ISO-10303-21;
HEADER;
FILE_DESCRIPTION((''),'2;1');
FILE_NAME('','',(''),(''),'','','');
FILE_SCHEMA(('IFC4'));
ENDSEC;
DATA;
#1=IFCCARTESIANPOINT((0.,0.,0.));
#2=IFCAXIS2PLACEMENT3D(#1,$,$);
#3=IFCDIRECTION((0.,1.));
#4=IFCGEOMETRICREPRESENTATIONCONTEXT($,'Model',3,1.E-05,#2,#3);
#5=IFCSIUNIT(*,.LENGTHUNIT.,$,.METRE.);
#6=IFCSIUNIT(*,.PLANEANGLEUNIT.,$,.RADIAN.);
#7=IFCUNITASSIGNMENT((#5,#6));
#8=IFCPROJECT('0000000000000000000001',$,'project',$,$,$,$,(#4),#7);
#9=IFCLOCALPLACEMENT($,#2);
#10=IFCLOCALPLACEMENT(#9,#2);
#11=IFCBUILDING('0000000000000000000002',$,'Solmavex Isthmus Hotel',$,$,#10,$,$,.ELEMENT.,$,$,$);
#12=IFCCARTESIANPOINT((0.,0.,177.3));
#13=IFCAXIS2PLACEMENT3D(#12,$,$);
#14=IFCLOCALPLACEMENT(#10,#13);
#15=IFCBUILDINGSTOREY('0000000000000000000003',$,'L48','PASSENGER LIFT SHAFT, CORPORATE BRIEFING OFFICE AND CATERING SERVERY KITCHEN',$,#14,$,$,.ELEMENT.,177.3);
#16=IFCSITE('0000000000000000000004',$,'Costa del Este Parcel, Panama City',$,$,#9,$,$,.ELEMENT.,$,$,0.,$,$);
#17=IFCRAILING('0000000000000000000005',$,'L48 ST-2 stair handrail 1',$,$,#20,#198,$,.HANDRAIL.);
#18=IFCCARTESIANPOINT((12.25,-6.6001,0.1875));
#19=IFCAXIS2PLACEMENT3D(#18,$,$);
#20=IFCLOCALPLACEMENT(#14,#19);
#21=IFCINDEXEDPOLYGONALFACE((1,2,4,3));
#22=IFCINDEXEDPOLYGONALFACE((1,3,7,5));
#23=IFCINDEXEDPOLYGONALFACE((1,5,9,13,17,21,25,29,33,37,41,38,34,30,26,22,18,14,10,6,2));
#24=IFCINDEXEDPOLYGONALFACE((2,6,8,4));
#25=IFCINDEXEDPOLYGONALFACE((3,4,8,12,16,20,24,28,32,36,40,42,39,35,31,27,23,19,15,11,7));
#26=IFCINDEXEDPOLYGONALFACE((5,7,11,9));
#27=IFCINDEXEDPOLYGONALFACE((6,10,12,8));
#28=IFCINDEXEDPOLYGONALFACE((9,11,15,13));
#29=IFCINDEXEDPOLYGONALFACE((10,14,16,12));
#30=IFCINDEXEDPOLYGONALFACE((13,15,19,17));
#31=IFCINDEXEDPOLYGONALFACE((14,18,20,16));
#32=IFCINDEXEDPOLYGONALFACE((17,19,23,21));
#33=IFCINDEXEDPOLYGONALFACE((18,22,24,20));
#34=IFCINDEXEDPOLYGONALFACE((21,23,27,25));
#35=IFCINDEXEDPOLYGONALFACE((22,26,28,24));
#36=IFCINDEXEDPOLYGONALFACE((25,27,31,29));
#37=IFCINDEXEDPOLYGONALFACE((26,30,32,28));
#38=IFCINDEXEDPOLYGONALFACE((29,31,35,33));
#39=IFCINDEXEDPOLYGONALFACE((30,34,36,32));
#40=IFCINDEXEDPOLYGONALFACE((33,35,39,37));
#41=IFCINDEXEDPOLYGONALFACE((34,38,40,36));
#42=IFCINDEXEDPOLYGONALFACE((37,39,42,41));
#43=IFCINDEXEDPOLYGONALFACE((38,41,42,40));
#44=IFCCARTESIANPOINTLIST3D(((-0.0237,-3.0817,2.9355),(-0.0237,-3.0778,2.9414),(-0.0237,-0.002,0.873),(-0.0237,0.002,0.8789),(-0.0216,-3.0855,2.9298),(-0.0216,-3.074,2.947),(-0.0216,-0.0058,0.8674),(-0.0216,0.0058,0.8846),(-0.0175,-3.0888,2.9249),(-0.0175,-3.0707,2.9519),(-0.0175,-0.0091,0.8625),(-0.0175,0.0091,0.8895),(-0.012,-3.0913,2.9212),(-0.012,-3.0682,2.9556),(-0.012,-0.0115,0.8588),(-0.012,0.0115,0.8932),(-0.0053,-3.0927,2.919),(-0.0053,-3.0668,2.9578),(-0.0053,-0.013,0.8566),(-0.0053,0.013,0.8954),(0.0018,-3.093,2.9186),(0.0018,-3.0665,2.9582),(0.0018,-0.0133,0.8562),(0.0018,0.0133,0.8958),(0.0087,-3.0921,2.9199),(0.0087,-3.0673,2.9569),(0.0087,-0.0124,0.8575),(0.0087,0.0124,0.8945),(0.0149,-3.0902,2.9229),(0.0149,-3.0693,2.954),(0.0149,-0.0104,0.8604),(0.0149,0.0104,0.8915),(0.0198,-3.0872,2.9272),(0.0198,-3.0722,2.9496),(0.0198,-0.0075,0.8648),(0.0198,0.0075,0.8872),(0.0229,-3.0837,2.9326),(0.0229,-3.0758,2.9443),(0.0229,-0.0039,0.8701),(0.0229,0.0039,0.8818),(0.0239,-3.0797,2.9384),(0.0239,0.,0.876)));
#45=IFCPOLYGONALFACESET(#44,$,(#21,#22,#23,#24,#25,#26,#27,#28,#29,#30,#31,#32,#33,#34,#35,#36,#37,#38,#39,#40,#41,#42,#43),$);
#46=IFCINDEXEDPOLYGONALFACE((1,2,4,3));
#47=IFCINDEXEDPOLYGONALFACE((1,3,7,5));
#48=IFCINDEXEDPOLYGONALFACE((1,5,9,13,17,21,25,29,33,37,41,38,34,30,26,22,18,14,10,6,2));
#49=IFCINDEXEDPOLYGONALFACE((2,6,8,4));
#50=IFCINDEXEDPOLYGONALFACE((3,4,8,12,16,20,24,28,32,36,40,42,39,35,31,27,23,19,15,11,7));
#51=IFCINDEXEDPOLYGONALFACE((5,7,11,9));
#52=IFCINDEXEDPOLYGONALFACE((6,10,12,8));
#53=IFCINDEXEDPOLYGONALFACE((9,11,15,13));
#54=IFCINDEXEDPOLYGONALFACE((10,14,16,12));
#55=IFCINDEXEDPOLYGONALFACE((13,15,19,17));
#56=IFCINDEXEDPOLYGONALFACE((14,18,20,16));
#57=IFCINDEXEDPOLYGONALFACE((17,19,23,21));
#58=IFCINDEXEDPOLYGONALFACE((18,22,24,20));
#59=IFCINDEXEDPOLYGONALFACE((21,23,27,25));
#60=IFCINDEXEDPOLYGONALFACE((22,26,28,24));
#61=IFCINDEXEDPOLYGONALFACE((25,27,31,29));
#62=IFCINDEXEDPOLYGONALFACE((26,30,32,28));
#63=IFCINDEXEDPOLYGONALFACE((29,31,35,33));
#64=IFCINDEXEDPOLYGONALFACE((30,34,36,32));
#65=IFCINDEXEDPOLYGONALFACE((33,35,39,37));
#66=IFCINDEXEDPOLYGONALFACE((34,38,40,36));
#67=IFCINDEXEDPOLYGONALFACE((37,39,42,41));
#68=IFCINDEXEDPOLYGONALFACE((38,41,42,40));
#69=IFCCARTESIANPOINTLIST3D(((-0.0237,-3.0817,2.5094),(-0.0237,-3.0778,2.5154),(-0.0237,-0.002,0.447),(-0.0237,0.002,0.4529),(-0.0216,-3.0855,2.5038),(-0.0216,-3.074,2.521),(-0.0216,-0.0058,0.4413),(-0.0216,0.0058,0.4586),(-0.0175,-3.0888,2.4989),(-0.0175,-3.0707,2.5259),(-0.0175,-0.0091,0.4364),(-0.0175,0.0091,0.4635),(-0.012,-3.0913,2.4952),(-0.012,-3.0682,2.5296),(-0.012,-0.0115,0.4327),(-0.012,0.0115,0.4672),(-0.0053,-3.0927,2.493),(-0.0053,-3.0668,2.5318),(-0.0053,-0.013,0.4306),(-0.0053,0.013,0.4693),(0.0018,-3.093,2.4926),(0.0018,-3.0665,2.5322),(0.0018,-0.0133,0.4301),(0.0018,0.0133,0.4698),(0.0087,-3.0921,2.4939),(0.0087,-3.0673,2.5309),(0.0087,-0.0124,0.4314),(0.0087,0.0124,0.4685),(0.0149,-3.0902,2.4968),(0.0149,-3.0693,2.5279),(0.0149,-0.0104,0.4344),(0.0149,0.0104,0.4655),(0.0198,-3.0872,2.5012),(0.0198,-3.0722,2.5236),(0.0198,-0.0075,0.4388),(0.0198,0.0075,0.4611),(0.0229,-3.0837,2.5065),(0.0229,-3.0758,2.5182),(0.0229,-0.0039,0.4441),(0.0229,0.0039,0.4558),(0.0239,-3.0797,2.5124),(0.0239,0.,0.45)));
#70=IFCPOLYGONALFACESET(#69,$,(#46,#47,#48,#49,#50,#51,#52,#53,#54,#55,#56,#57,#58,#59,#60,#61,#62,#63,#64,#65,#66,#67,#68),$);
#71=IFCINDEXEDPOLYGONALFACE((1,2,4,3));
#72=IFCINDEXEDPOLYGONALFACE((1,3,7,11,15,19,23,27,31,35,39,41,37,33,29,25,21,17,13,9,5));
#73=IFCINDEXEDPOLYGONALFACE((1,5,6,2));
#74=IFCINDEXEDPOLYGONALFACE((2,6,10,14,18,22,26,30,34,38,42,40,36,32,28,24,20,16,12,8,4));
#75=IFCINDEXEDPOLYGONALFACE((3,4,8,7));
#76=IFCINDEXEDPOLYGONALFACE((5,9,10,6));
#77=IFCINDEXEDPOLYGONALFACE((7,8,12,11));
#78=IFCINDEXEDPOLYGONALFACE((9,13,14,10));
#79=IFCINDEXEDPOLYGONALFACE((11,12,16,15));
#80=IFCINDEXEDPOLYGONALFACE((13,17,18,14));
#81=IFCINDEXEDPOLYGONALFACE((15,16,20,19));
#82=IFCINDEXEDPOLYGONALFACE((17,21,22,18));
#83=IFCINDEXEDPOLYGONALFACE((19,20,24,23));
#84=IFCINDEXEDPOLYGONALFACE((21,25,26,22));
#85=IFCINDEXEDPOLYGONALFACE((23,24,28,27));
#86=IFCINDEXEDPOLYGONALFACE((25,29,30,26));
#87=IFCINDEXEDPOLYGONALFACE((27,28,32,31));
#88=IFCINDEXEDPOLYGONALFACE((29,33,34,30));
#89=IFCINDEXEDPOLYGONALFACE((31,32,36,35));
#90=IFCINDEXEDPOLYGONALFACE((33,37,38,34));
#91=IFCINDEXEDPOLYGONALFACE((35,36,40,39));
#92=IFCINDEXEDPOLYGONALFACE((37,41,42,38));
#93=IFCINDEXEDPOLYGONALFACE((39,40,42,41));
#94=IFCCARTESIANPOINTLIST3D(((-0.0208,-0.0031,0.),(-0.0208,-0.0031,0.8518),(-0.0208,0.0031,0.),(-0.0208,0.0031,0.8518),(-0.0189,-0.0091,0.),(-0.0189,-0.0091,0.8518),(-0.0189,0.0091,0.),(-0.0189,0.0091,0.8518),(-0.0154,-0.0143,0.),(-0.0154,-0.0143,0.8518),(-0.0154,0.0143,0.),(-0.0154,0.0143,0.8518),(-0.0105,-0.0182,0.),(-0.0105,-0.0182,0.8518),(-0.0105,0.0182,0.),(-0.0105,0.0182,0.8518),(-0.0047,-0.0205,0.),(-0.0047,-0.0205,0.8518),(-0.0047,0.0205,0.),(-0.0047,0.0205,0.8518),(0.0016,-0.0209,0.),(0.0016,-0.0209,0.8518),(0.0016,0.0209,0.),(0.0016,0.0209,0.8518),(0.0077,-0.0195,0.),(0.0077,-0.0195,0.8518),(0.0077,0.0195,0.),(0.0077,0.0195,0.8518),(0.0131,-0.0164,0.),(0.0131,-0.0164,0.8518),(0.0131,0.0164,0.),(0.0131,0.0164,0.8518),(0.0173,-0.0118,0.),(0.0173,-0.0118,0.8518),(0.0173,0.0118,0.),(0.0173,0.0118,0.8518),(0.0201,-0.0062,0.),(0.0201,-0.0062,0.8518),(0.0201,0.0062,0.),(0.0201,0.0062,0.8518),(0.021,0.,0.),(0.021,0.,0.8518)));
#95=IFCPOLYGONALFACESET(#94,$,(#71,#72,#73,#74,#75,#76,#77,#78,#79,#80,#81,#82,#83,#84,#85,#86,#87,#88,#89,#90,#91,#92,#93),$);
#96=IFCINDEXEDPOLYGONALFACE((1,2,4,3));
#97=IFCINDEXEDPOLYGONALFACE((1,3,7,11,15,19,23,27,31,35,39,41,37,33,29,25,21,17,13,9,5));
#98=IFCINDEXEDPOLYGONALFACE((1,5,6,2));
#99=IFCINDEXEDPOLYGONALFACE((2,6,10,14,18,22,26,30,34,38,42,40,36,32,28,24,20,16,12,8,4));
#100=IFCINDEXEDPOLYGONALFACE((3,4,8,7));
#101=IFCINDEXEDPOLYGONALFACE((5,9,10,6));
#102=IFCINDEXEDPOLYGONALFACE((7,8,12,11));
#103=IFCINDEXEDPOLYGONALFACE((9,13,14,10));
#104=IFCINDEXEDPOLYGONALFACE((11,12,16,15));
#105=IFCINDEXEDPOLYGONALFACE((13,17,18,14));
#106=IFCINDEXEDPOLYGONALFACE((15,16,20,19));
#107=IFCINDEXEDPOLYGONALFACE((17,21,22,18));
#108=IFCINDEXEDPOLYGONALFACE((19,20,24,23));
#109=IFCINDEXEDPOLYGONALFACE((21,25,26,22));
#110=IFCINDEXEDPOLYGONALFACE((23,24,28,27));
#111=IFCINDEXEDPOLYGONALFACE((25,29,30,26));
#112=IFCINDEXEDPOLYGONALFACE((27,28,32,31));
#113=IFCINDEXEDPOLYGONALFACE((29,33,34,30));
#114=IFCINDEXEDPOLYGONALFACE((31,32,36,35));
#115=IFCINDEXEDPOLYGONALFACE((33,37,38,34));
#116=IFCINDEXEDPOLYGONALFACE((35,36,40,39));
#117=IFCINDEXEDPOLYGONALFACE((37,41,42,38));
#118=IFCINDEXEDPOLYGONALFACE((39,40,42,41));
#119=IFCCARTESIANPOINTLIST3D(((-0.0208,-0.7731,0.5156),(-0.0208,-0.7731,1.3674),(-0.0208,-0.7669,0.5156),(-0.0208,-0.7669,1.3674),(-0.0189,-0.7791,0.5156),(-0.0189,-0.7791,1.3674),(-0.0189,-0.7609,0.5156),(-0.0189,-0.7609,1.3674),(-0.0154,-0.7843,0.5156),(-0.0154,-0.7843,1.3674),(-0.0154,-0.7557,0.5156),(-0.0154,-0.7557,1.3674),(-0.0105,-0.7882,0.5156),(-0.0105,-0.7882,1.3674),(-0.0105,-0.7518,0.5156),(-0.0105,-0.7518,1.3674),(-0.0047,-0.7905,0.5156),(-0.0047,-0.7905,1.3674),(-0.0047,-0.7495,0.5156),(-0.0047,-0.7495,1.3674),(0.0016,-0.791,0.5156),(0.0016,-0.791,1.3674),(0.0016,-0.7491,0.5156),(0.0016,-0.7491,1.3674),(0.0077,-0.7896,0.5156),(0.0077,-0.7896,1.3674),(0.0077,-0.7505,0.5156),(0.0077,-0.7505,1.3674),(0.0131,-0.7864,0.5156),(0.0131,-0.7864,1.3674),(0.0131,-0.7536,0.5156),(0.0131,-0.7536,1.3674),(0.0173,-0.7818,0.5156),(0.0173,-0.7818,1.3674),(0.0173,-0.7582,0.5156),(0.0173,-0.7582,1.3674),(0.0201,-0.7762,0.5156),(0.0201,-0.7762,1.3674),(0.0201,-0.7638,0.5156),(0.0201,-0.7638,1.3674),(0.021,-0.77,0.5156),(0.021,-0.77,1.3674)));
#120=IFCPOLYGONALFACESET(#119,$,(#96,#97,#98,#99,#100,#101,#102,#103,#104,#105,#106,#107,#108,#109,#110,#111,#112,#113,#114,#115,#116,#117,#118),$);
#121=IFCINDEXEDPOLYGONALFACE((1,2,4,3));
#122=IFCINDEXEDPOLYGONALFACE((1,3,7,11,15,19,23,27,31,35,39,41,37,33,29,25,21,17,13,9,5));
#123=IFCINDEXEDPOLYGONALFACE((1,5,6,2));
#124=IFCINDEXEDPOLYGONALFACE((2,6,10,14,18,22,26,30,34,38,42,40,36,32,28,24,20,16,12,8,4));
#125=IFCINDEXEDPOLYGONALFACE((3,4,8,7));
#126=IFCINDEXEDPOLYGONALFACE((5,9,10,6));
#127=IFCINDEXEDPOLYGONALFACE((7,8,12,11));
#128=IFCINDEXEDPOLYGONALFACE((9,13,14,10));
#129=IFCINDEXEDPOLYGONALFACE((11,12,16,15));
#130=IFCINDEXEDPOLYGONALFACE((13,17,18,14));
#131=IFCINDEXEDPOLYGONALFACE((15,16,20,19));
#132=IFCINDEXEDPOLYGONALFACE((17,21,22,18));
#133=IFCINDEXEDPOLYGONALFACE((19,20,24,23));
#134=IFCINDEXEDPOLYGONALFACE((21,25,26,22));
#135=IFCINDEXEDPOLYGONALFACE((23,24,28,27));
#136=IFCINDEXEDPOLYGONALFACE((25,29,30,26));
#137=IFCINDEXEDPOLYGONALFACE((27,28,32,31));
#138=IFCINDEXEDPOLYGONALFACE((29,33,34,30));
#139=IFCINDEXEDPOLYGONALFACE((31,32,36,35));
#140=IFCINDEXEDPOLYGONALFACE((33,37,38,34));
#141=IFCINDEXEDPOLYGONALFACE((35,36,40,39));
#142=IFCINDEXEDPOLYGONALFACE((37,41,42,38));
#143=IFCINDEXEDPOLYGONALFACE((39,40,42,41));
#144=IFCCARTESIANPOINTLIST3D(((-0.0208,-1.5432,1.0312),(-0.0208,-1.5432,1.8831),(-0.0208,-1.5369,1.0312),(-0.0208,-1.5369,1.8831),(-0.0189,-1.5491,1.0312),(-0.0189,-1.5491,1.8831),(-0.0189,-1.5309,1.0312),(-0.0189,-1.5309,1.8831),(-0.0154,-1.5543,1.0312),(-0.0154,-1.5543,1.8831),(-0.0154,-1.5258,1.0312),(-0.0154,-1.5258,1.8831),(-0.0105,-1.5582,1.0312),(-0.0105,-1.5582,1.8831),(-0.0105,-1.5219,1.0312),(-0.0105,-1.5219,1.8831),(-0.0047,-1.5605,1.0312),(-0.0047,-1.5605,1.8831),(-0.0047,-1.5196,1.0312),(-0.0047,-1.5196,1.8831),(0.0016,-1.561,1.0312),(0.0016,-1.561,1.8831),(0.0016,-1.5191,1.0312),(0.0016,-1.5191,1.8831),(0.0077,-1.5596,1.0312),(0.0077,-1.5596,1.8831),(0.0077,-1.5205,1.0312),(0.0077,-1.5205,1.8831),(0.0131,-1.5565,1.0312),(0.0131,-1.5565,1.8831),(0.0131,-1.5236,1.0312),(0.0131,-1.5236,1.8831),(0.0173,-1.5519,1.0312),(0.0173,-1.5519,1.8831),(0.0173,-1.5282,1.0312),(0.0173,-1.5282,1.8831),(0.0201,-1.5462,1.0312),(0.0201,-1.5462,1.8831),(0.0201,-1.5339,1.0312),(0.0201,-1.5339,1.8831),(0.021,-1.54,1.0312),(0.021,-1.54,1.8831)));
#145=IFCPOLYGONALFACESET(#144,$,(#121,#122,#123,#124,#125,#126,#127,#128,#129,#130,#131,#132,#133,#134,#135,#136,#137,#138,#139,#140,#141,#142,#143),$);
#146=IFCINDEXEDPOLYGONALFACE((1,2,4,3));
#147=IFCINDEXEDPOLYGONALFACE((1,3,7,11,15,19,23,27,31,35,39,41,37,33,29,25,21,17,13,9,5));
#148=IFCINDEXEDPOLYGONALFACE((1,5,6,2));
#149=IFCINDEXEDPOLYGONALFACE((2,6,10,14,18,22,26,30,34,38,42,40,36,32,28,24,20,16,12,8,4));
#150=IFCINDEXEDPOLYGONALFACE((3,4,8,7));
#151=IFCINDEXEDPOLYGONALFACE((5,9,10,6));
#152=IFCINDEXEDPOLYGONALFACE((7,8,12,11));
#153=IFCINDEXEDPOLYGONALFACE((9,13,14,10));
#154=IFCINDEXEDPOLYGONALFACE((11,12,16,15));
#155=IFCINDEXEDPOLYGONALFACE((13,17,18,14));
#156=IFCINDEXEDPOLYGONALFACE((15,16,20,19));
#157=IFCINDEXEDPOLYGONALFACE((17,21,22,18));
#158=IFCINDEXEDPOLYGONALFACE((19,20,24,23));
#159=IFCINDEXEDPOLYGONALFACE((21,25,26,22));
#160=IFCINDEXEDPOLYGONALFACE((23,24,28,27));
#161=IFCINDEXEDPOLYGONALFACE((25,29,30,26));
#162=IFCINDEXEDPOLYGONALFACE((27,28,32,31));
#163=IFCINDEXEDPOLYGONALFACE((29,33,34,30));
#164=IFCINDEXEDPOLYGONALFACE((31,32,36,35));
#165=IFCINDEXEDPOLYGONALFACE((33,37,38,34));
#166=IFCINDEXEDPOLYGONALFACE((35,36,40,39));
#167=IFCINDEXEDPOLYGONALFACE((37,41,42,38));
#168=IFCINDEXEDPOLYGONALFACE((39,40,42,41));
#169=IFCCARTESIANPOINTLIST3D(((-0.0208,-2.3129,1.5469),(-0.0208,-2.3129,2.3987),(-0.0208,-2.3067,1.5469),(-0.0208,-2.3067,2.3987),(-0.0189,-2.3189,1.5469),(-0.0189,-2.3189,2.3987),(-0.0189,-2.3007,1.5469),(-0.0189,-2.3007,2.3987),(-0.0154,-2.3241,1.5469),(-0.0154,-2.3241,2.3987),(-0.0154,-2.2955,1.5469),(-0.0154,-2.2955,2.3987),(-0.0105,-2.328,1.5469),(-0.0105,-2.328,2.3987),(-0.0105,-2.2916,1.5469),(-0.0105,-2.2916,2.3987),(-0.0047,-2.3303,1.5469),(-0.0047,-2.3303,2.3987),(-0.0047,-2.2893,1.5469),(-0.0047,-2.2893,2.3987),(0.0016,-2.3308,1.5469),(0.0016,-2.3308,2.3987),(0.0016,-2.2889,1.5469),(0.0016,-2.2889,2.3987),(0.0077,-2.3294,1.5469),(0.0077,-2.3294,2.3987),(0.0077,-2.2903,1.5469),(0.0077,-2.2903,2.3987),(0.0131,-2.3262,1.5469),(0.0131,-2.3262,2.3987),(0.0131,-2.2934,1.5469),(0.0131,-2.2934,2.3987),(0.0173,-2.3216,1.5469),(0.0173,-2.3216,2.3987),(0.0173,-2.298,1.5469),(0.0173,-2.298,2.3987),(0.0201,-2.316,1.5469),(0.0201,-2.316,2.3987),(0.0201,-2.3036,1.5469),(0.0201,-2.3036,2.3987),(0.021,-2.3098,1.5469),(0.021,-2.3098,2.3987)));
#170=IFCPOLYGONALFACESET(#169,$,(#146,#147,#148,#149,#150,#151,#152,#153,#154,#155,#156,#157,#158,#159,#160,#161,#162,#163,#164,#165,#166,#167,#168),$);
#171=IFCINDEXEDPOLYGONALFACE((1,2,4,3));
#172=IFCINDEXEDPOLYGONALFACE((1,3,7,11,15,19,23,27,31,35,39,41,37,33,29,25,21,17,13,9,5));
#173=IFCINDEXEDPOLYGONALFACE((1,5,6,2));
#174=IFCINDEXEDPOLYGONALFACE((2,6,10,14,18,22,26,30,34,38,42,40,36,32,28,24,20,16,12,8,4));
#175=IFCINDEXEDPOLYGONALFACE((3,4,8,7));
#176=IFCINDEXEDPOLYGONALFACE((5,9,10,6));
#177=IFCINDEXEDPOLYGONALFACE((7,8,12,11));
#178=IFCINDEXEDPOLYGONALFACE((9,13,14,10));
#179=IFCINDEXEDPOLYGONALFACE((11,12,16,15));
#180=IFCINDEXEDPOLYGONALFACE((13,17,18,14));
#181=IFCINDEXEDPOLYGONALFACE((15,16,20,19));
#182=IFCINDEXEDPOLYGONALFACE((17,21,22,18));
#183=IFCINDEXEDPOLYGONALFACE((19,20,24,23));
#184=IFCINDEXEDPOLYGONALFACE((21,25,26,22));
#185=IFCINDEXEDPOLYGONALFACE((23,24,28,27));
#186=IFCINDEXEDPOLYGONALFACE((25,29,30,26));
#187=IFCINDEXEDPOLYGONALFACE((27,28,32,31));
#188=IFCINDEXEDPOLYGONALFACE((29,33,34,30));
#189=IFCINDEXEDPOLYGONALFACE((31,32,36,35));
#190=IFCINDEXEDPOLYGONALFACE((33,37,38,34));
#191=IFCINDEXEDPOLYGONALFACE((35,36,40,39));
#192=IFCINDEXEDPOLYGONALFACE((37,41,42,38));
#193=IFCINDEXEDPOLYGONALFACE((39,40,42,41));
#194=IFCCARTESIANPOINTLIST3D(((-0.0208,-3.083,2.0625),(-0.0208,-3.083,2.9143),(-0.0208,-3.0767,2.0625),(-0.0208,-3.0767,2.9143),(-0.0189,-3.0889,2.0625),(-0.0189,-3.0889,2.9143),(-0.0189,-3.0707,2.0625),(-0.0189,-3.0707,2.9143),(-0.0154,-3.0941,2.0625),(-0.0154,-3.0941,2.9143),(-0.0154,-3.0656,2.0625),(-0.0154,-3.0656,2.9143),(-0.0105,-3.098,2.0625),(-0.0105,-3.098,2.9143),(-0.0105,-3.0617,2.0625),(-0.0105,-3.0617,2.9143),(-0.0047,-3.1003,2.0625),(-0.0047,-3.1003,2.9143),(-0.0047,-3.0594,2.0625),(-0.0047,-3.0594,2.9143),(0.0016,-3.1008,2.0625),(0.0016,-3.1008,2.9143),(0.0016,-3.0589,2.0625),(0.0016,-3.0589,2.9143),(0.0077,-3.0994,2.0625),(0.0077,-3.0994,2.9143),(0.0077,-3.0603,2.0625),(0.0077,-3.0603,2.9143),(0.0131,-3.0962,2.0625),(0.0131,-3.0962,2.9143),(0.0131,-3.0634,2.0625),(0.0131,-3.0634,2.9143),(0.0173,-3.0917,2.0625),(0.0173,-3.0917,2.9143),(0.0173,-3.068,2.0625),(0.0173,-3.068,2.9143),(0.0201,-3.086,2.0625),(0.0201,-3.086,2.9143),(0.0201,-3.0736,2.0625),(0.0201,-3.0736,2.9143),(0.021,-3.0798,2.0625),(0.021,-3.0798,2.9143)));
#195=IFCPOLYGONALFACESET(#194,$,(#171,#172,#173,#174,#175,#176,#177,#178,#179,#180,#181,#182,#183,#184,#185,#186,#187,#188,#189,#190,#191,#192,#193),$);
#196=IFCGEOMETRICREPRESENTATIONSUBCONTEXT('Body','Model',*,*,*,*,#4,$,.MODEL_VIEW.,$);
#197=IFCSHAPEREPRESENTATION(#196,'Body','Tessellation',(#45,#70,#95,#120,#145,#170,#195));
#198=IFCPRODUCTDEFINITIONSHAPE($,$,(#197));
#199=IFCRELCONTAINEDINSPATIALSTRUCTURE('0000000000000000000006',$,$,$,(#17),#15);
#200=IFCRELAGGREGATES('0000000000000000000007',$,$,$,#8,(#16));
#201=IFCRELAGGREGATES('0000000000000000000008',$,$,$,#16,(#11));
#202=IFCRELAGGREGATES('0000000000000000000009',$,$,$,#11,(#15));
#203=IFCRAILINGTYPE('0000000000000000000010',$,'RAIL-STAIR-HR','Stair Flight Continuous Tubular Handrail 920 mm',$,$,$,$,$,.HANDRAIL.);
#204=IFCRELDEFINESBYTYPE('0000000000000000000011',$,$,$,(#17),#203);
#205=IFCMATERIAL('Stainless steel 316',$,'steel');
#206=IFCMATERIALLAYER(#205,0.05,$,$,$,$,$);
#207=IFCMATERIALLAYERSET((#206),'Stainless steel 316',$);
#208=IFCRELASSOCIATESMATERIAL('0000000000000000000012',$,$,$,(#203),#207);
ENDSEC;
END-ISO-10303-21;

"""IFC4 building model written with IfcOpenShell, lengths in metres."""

from ifc_helpers import new_model, si_unit, direction, frame, origin, origin_2d, place, context, subcontext, project, spatial, circle, extrude, material, layer, layer_set, type_object, element, save


model = new_model("IFC4")

# Units and contexts
model_context = context("Model", 3, precision=1e-05, world=origin(), true_north=direction((0.0, 1.0)))
body_context = subcontext(model_context, "Body", "Model", "MODEL_VIEW")
ifc_project = project(units=[si_unit("LENGTHUNIT", "METRE"), si_unit("PLANEANGLEUNIT", "RADIAN")], contexts=[model_context])

# Site, building, storey
site_placement = place(None, origin())
site = spatial("IfcSite", under=ifc_project, at=site_placement, Name="Costa del Este Parcel, Panama City", CompositionType="ELEMENT", RefElevation=0.0)
building_placement = place(site_placement, origin())
building = spatial("IfcBuilding", under=site, at=building_placement, Name="Solmavex Isthmus Hotel", CompositionType="ELEMENT")
storey_placement = place(building_placement, frame((0.0, 0.0, 177.3)))
storey = spatial("IfcBuildingStorey", under=building, at=storey_placement, Name="L48", Description="PASSENGER LIFT SHAFT, CORPORATE BRIEFING OFFICE AND CATERING SERVERY KITCHEN", CompositionType="ELEMENT", Elevation=177.3)

# Shared definitions
ifc_material_1 = material(Name="Stainless steel 316", Category="steel")

# Railing
ifc_layer_1 = layer(ifc_material_1, 0.05)
ifc_layer_set_1 = layer_set([ifc_layer_1], Name="Stainless steel 316")
railing_type_1 = type_object("IfcRailingType", Name="RAIL-STAIR-HR", Description="Stair Flight Continuous Tubular Handrail 920 mm", PredefinedType="HANDRAIL", material=ifc_layer_set_1)
railing_1_placement = place(storey_placement, frame((12.25, -6.6001, 0.1875)))
element("IfcRailing", 1, at=railing_1_placement, inside=storey, type_object=railing_type_1, Name="L48 ST-2 stair handrail 1", PredefinedType="HANDRAIL", context=body_context, shape_type="SweptSolid", body=[
    extrude(circle(Radius=0.0239, at=origin_2d()), frame((0.0, 0.0, 0.876), z_axis=(0.0, -0.830893, 0.556432), x_axis=(1.0, 0.0, 0.0)), (0.0, 0.0, 1.0), 3.7065),
    extrude(circle(Radius=0.0239, at=origin_2d()), frame((0.0, 0.0, 0.45), z_axis=(0.0, -0.830893, 0.556432), x_axis=(1.0, 0.0, 0.0)), (0.0, 0.0, 1.0), 3.7065),
    extrude(circle(Radius=0.021, at=origin_2d()), origin(), (0.0, 0.0, 1.0), 0.8518),
    extrude(circle(Radius=0.021, at=origin_2d()), frame((0.0, -0.77, 0.5156)), (0.0, 0.0, 1.0), 0.8518),
    extrude(circle(Radius=0.021, at=origin_2d()), frame((0.0, -1.54, 1.0312)), (0.0, 0.0, 1.0), 0.8518),
    extrude(circle(Radius=0.021, at=origin_2d()), frame((0.0, -2.3098, 1.5469)), (0.0, 0.0, 1.0), 0.8518),
    extrude(circle(Radius=0.021, at=origin_2d()), frame((0.0, -3.0798, 2.0625)), (0.0, 0.0, 1.0), 0.8518),
])

save(model, "model.ifc")
